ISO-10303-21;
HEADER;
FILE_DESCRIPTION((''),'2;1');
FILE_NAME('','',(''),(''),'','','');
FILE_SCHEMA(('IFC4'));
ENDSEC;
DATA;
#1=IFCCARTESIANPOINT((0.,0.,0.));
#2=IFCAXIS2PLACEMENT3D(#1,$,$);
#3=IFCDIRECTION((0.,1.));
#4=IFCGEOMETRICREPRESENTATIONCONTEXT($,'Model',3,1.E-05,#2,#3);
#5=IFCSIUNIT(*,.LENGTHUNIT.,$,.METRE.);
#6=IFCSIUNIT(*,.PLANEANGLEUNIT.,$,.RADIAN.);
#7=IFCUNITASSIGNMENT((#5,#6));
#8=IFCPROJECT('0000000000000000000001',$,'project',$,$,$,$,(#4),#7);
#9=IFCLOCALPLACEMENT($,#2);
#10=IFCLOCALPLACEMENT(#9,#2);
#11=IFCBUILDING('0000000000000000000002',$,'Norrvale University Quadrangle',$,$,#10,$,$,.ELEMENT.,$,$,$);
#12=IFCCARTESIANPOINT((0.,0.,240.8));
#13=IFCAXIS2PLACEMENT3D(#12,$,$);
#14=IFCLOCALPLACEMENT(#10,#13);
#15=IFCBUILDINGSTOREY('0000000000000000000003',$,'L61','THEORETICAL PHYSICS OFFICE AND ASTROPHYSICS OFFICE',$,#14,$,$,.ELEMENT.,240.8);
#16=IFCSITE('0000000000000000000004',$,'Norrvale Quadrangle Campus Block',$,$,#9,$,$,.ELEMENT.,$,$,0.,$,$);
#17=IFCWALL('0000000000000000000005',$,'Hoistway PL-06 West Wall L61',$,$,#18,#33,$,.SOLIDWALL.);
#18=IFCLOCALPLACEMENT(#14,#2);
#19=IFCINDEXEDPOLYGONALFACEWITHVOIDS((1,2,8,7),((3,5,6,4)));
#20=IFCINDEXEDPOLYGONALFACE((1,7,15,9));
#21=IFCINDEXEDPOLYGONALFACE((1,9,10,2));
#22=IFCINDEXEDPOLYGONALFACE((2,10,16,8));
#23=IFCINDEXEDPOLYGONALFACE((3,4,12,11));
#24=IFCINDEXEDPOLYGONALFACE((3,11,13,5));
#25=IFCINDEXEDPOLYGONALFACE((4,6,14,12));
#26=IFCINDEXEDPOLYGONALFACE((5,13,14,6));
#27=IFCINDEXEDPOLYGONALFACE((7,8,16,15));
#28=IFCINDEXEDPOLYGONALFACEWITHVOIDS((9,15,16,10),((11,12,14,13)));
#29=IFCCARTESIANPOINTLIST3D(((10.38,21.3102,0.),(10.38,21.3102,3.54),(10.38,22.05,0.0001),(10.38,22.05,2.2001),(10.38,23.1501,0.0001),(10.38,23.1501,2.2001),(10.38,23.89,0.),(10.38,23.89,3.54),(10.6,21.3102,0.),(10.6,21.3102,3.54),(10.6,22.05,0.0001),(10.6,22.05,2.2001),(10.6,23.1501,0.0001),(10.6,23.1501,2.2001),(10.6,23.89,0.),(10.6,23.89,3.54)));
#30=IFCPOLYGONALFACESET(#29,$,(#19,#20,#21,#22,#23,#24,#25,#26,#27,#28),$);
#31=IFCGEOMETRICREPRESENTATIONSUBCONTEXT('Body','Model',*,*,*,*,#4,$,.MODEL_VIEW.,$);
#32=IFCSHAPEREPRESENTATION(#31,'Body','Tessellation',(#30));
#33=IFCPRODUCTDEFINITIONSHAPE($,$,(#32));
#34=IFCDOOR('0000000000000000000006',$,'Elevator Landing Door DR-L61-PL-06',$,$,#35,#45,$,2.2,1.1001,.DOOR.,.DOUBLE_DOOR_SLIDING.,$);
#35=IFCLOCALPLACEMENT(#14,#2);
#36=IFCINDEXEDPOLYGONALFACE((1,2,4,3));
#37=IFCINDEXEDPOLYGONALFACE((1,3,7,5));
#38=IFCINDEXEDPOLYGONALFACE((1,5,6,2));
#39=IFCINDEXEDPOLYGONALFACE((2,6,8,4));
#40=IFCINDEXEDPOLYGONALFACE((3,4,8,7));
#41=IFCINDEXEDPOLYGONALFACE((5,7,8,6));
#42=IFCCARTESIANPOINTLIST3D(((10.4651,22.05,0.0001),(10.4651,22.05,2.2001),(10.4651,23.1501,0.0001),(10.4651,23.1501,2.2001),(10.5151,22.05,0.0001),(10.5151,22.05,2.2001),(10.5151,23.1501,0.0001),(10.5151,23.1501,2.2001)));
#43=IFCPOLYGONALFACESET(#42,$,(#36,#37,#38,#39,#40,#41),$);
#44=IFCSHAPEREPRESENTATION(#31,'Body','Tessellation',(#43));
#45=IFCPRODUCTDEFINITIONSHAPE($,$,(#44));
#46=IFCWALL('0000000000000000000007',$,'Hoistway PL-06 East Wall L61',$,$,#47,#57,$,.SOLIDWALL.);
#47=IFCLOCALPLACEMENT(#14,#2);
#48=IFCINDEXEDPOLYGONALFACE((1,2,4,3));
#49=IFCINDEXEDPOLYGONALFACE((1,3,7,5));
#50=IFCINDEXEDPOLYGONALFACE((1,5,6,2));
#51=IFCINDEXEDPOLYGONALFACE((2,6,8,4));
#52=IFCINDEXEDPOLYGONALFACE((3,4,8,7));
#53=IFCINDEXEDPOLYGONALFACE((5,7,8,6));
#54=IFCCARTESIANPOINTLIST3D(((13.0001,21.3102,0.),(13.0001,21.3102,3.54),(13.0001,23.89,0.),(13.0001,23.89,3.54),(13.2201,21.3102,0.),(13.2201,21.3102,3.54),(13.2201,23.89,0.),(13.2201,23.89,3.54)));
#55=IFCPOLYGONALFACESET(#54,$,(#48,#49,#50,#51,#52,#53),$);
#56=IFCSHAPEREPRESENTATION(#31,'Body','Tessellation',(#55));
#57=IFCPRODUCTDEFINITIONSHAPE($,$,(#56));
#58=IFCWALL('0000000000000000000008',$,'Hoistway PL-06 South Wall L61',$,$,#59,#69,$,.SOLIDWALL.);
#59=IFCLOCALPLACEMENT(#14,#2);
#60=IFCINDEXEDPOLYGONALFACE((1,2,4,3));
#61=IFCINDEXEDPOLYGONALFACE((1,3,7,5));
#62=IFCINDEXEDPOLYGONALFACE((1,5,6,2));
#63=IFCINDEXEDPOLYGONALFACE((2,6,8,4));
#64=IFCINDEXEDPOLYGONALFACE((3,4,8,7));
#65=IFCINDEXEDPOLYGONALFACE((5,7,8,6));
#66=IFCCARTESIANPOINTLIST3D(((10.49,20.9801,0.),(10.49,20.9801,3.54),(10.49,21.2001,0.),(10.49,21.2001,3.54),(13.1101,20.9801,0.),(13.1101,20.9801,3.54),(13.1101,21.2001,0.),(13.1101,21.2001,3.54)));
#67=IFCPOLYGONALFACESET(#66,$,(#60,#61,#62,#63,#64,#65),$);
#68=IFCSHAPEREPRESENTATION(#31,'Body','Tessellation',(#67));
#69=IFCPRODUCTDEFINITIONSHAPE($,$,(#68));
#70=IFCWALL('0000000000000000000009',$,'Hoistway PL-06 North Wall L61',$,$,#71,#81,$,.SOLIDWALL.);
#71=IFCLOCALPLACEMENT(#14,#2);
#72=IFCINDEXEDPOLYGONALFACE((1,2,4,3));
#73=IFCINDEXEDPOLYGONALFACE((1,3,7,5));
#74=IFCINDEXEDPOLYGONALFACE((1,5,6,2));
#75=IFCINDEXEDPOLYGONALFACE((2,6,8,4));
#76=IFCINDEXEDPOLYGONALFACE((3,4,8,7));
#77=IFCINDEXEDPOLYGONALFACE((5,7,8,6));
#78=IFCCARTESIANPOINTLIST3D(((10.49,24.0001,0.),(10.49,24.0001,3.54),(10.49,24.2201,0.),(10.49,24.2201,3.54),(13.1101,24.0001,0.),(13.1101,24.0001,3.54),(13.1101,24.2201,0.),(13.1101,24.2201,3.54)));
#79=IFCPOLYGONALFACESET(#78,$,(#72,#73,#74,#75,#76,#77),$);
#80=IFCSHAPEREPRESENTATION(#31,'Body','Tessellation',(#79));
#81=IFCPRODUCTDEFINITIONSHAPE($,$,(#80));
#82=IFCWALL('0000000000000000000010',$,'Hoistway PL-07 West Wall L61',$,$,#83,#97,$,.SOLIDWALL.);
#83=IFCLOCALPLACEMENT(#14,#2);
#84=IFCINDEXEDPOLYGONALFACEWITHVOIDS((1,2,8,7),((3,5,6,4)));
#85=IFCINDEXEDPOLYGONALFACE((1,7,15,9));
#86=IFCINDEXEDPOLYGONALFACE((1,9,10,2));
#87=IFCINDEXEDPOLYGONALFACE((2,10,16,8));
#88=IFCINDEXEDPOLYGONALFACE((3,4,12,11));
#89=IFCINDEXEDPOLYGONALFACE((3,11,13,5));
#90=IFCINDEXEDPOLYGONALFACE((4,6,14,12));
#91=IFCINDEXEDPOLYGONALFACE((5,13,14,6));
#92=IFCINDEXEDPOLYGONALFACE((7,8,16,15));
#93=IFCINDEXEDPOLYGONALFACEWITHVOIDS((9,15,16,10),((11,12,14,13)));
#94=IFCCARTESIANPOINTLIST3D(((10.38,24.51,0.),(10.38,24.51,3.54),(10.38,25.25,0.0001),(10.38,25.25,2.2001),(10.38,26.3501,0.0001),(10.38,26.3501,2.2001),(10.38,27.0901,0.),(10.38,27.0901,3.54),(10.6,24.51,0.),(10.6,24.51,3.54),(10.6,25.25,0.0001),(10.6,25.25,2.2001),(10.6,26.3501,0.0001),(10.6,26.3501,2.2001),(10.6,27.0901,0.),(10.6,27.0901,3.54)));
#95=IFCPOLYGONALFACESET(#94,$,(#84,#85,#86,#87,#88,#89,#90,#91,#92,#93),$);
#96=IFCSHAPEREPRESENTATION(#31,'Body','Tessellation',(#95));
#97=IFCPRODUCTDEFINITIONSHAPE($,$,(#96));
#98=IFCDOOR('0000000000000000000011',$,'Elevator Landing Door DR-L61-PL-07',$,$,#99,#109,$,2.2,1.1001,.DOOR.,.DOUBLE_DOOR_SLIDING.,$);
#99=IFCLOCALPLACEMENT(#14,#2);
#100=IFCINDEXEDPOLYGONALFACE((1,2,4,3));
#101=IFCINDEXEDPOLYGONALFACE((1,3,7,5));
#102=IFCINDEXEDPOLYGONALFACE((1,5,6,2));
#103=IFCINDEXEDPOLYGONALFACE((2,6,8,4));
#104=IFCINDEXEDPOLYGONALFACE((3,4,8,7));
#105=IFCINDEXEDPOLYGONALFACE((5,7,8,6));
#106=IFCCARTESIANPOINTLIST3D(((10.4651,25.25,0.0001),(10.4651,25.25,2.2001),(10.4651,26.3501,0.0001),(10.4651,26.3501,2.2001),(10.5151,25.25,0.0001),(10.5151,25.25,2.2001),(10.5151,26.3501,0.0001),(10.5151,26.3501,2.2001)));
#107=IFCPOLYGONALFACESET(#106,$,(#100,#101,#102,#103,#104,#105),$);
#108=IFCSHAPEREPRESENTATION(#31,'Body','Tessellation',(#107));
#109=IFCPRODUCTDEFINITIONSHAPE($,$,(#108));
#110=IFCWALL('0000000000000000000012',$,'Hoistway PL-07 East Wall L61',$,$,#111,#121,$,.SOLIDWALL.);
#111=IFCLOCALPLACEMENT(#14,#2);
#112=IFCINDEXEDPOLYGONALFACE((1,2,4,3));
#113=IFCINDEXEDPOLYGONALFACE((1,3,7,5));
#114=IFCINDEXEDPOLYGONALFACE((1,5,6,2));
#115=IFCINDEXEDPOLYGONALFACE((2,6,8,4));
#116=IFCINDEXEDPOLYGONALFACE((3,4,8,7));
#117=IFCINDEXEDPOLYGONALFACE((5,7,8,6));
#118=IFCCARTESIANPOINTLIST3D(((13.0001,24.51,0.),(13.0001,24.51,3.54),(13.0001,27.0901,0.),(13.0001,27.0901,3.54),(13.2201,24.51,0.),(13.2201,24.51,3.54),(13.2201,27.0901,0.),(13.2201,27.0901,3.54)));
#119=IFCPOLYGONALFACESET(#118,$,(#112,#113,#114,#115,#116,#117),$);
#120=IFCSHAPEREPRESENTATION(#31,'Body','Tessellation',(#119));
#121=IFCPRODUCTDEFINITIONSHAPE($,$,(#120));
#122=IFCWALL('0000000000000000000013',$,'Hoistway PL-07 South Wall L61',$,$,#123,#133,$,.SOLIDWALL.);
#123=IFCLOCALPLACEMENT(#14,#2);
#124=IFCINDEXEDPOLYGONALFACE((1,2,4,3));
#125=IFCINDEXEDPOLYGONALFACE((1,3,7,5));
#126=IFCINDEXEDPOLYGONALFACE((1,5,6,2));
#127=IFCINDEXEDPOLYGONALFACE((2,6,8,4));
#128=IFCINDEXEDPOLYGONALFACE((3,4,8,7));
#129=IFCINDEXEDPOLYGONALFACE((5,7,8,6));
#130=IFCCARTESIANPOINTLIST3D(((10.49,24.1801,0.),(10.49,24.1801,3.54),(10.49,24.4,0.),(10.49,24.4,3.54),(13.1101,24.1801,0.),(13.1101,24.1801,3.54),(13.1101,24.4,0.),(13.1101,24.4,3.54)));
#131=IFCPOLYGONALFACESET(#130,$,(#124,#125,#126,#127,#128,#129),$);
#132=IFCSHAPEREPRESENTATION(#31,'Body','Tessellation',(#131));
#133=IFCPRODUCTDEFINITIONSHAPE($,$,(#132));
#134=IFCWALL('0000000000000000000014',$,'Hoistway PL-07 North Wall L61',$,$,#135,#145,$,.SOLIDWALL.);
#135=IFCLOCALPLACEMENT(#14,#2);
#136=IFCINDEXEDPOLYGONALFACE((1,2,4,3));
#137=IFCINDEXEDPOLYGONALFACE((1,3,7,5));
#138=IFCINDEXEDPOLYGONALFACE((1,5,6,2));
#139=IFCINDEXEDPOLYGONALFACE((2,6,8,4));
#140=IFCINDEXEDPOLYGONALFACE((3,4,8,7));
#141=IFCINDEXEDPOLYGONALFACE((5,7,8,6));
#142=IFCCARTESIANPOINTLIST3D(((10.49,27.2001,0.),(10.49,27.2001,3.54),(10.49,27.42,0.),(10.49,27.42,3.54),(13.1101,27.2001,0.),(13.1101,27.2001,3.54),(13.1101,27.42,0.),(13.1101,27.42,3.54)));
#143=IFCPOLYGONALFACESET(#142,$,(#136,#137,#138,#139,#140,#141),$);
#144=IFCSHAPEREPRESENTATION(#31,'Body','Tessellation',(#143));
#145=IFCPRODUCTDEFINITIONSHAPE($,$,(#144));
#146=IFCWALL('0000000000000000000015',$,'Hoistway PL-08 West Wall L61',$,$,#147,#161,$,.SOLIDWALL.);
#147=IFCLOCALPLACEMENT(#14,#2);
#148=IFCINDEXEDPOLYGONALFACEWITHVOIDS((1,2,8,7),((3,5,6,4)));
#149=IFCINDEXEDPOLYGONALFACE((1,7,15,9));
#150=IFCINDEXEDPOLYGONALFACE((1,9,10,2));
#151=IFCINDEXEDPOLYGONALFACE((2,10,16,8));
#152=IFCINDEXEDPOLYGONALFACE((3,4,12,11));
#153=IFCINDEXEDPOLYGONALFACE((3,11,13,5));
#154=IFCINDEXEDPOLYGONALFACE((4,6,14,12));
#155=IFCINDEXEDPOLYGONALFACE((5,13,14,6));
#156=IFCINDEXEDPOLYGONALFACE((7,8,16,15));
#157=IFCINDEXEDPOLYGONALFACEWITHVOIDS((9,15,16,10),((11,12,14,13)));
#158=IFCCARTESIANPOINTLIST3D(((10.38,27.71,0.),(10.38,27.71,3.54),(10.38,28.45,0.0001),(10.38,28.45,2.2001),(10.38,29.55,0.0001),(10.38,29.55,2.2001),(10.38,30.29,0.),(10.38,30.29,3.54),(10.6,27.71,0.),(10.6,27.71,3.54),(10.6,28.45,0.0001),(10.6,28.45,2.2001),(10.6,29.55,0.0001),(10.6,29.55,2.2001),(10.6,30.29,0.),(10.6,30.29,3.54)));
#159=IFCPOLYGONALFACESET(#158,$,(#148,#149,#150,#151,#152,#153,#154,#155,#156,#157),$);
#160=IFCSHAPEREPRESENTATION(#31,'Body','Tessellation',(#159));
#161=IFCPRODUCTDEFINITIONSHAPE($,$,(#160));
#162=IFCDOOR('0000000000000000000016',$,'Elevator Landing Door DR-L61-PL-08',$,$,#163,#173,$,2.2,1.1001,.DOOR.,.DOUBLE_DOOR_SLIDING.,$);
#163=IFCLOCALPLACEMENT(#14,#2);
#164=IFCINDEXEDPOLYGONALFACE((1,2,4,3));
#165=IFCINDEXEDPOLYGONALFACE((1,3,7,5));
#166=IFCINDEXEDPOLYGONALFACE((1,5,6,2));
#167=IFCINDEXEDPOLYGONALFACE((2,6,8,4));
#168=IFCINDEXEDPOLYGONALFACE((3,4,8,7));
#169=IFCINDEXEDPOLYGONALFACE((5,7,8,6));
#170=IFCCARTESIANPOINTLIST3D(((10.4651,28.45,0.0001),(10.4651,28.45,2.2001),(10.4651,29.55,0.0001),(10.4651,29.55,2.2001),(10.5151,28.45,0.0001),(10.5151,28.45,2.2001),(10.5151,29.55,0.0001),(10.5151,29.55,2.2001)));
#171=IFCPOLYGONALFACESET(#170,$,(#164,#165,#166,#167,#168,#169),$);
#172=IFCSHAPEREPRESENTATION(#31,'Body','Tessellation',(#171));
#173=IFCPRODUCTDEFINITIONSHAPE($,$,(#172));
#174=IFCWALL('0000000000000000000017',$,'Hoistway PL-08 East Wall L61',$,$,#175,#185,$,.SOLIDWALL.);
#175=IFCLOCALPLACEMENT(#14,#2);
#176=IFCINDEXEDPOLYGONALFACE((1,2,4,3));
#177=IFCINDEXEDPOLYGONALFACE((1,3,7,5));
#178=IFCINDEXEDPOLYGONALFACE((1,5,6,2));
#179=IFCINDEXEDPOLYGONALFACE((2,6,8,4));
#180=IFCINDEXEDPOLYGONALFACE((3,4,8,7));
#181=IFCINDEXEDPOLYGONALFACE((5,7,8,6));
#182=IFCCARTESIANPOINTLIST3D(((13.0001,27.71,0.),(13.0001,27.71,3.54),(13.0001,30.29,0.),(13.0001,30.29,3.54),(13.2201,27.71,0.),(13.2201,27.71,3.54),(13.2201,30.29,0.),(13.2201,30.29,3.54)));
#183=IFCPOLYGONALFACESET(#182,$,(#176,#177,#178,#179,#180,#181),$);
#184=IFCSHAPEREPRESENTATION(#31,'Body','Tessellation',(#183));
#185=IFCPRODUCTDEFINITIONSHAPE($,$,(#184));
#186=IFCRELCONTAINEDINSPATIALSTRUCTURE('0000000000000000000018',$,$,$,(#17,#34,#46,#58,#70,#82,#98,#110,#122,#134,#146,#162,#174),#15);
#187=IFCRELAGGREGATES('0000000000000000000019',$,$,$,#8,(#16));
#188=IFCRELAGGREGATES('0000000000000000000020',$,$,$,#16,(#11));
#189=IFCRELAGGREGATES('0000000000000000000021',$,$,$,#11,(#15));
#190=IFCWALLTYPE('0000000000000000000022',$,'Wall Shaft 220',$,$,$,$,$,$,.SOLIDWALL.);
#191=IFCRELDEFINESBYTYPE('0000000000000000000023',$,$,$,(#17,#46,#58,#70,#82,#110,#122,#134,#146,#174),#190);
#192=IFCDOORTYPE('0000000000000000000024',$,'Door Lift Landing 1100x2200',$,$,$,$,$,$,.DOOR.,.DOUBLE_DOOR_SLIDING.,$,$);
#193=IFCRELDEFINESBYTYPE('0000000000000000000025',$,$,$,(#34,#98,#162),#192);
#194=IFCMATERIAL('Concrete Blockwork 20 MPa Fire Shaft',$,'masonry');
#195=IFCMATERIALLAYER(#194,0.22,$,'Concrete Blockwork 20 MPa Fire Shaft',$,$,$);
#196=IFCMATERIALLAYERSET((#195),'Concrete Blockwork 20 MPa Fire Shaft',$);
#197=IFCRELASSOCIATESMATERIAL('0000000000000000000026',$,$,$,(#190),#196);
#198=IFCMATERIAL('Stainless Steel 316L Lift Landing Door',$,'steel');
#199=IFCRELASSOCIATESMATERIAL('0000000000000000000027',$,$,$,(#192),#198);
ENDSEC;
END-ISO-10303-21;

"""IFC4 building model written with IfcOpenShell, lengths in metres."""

from ifc_helpers import new_model, si_unit, direction, frame, frame_2d, origin, place, context, subcontext, project, spatial, rectangle, extrude, material, layer, layer_set, type_object, element, fill, save


model = new_model("IFC4")

# Units and contexts
model_context = context("Model", 3, precision=1e-05, world=origin(), true_north=direction((0.0, 1.0)))
body_context = subcontext(model_context, "Body", "Model", "MODEL_VIEW")
ifc_project = project(units=[si_unit("LENGTHUNIT", "METRE"), si_unit("PLANEANGLEUNIT", "RADIAN")], contexts=[model_context])

# Site, building, storey
site_placement = place(None, origin())
site = spatial("IfcSite", under=ifc_project, at=site_placement, Name="Norrvale Quadrangle Campus Block", CompositionType="ELEMENT", RefElevation=0.0)
building_placement = place(site_placement, origin())
building = spatial("IfcBuilding", under=site, at=building_placement, Name="Norrvale University Quadrangle", CompositionType="ELEMENT")
storey_placement = place(building_placement, frame((0.0, 0.0, 240.8)))
storey = spatial("IfcBuildingStorey", under=building, at=storey_placement, Name="L61", Description="THEORETICAL PHYSICS OFFICE AND ASTROPHYSICS OFFICE", CompositionType="ELEMENT", Elevation=240.8)

# Shared definitions
ifc_material_1 = material(Name="Concrete Blockwork 20 MPa Fire Shaft", Category="masonry")
ifc_layer_1 = layer(ifc_material_1, 0.22, Name="Concrete Blockwork 20 MPa Fire Shaft")
ifc_layer_set_1 = layer_set([ifc_layer_1], Name="Concrete Blockwork 20 MPa Fire Shaft")
wall_type_1 = type_object("IfcWallType", Name="Wall Shaft 220", PredefinedType="SOLIDWALL", material=ifc_layer_set_1)

# Wall, opening, door
wall_1_placement = place(storey_placement, frame((10.49, 21.3101, 0.0), z_axis=(0.0, 0.0, 1.0), x_axis=(0.0, 1.0, 0.0)))
wall_1 = element("IfcWall", 1, at=wall_1_placement, inside=storey, type_object=wall_type_1, Name="Hoistway PL-06 West Wall L61", PredefinedType="SOLIDWALL", context=body_context, shape_type="SweptSolid", body=[
    extrude(rectangle(XDim=2.5798, YDim=0.22, at=frame_2d((1.29, 0.0))), origin(), (0.0, 0.0, 1.0), 3.54),
])
opening_1_placement = place(wall_1_placement, frame((0.74, 0.0, 0.0)))
opening_1 = element("IfcOpeningElement", 2, at=opening_1_placement, cuts=wall_1, PredefinedType="OPENING", context=body_context, shape_type="SweptSolid", body=[
    extrude(rectangle(XDim=1.1001, YDim=2.2, at=frame_2d((0.55, 1.1001))), frame((0.0, 0.1221, 0.0), z_axis=(0.0, -1.0, 0.0), x_axis=(1.0, 0.0, 0.0)), (0.0, 0.0, 1.0), 0.2439),
])
ifc_material_2 = material(Name="Stainless Steel 316L Lift Landing Door", Category="steel")
door_type_1 = type_object("IfcDoorType", Name="Door Lift Landing 1100x2200", OperationType="DOUBLE_DOOR_SLIDING", PredefinedType="DOOR", material=ifc_material_2)
door_1_placement = place(opening_1_placement, origin())
door_1 = element("IfcDoor", 3, at=door_1_placement, inside=storey, type_object=door_type_1, Name="Elevator Landing Door DR-L61-PL-06", OperationType="DOUBLE_DOOR_SLIDING", OverallHeight=2.2, OverallWidth=1.1001, PredefinedType="DOOR", context=body_context, shape_type="SweptSolid", body=[
    extrude(rectangle(XDim=1.1001, YDim=2.2, at=frame_2d((0.55, 1.1001))), frame((0.0, 0.0249, 0.0), z_axis=(0.0, -1.0, 0.0), x_axis=(1.0, 0.0, 0.0)), (0.0, 0.0, 1.0), 0.05),
])
fill(opening_1, door_1)

# Walls
wall_2_placement = place(storey_placement, frame((13.1101, 21.3101, 0.0), z_axis=(0.0, 0.0, 1.0), x_axis=(0.0, 1.0, 0.0)))
element("IfcWall", 4, at=wall_2_placement, inside=storey, type_object=wall_type_1, Name="Hoistway PL-06 East Wall L61", PredefinedType="SOLIDWALL", context=body_context, shape_type="SweptSolid", body=[
    extrude(rectangle(XDim=2.5798, YDim=0.22, at=frame_2d((1.29, 0.0))), origin(), (0.0, 0.0, 1.0), 3.54),
])
for number, where, z_axis, x_axis, name in (
    (5, (10.49, 21.0901, 0.0), (0.0, 0.0, 1.0), (1.0, 0.0, 0.0), "Hoistway PL-06 South Wall L61"),
    (6, (10.49, 24.1101, 0.0), (0.0, 0.0, 1.0), (1.0, 0.0, 0.0), "Hoistway PL-06 North Wall L61"),
):
    element("IfcWall", number, at=place(storey_placement, frame(where, z_axis=z_axis, x_axis=x_axis)), inside=storey, type_object=wall_type_1, Name=name, PredefinedType="SOLIDWALL", context=body_context, shape_type="SweptSolid", body=[
        extrude(rectangle(XDim=2.6201, YDim=0.22, at=frame_2d((1.3101, 0.0))), origin(), (0.0, 0.0, 1.0), 3.54),
    ])

# Wall, opening, door
wall_3_placement = place(storey_placement, frame((10.49, 24.51, 0.0), z_axis=(0.0, 0.0, 1.0), x_axis=(0.0, 1.0, 0.0)))
wall_3 = element("IfcWall", 7, at=wall_3_placement, inside=storey, type_object=wall_type_1, Name="Hoistway PL-07 West Wall L61", PredefinedType="SOLIDWALL", context=body_context, shape_type="SweptSolid", body=[
    extrude(rectangle(XDim=2.5801, YDim=0.22, at=frame_2d((1.29, 0.0))), origin(), (0.0, 0.0, 1.0), 3.54),
])
opening_2_placement = place(wall_3_placement, frame((0.74, 0.0, 0.0)))
opening_2 = element("IfcOpeningElement", 8, at=opening_2_placement, cuts=wall_3, PredefinedType="OPENING", context=body_context, shape_type="SweptSolid", body=[
    extrude(rectangle(XDim=1.1001, YDim=2.2, at=frame_2d((0.55, 1.1001))), frame((0.0, 0.1221, 0.0), z_axis=(0.0, -1.0, 0.0), x_axis=(1.0, 0.0, 0.0)), (0.0, 0.0, 1.0), 0.2439),
])
door_2_placement = place(opening_2_placement, origin())
door_2 = element("IfcDoor", 9, at=door_2_placement, inside=storey, type_object=door_type_1, Name="Elevator Landing Door DR-L61-PL-07", OperationType="DOUBLE_DOOR_SLIDING", OverallHeight=2.2, OverallWidth=1.1001, PredefinedType="DOOR", context=body_context, shape_type="SweptSolid", body=[
    extrude(rectangle(XDim=1.1001, YDim=2.2, at=frame_2d((0.55, 1.1001))), frame((0.0, 0.0249, 0.0), z_axis=(0.0, -1.0, 0.0), x_axis=(1.0, 0.0, 0.0)), (0.0, 0.0, 1.0), 0.05),
])
fill(opening_2, door_2)

# Walls
wall_4_placement = place(storey_placement, frame((13.1101, 24.51, 0.0), z_axis=(0.0, 0.0, 1.0), x_axis=(0.0, 1.0, 0.0)))
element("IfcWall", 10, at=wall_4_placement, inside=storey, type_object=wall_type_1, Name="Hoistway PL-07 East Wall L61", PredefinedType="SOLIDWALL", context=body_context, shape_type="SweptSolid", body=[
    extrude(rectangle(XDim=2.5801, YDim=0.22, at=frame_2d((1.29, 0.0))), origin(), (0.0, 0.0, 1.0), 3.54),
])
for number, where, z_axis, x_axis, name in (
    (11, (10.49, 24.29, 0.0), (0.0, 0.0, 1.0), (1.0, 0.0, 0.0), "Hoistway PL-07 South Wall L61"),
    (12, (10.49, 27.3101, 0.0), (0.0, 0.0, 1.0), (1.0, 0.0, 0.0), "Hoistway PL-07 North Wall L61"),
):
    element("IfcWall", number, at=place(storey_placement, frame(where, z_axis=z_axis, x_axis=x_axis)), inside=storey, type_object=wall_type_1, Name=name, PredefinedType="SOLIDWALL", context=body_context, shape_type="SweptSolid", body=[
        extrude(rectangle(XDim=2.6201, YDim=0.22, at=frame_2d((1.3101, 0.0))), origin(), (0.0, 0.0, 1.0), 3.54),
    ])

# Wall, opening, door
wall_5_placement = place(storey_placement, frame((10.49, 27.71, 0.0), z_axis=(0.0, 0.0, 1.0), x_axis=(0.0, 1.0, 0.0)))
wall_5 = element("IfcWall", 13, at=wall_5_placement, inside=storey, type_object=wall_type_1, Name="Hoistway PL-08 West Wall L61", PredefinedType="SOLIDWALL", context=body_context, shape_type="SweptSolid", body=[
    extrude(rectangle(XDim=2.5801, YDim=0.22, at=frame_2d((1.29, 0.0))), origin(), (0.0, 0.0, 1.0), 3.54),
])
opening_3_placement = place(wall_5_placement, frame((0.74, 0.0, 0.0)))
opening_3 = element("IfcOpeningElement", 14, at=opening_3_placement, cuts=wall_5, PredefinedType="OPENING", context=body_context, shape_type="SweptSolid", body=[
    extrude(rectangle(XDim=1.1001, YDim=2.2, at=frame_2d((0.55, 1.1001))), frame((0.0, 0.1221, 0.0), z_axis=(0.0, -1.0, 0.0), x_axis=(1.0, 0.0, 0.0)), (0.0, 0.0, 1.0), 0.2439),
])
door_3_placement = place(opening_3_placement, origin())
door_3 = element("IfcDoor", 15, at=door_3_placement, inside=storey, type_object=door_type_1, Name="Elevator Landing Door DR-L61-PL-08", OperationType="DOUBLE_DOOR_SLIDING", OverallHeight=2.2, OverallWidth=1.1001, PredefinedType="DOOR", context=body_context, shape_type="SweptSolid", body=[
    extrude(rectangle(XDim=1.1001, YDim=2.2, at=frame_2d((0.55, 1.1001))), frame((0.0, 0.0249, 0.0), z_axis=(0.0, -1.0, 0.0), x_axis=(1.0, 0.0, 0.0)), (0.0, 0.0, 1.0), 0.05),
])
fill(opening_3, door_3)

# Wall
wall_6_placement = place(storey_placement, frame((13.1101, 27.71, 0.0), z_axis=(0.0, 0.0, 1.0), x_axis=(0.0, 1.0, 0.0)))
element("IfcWall", 16, at=wall_6_placement, inside=storey, type_object=wall_type_1, Name="Hoistway PL-08 East Wall L61", PredefinedType="SOLIDWALL", context=body_context, shape_type="SweptSolid", body=[
    extrude(rectangle(XDim=2.5801, YDim=0.22, at=frame_2d((1.29, 0.0))), origin(), (0.0, 0.0, 1.0), 3.54),
])

save(model, "model.ifc")
